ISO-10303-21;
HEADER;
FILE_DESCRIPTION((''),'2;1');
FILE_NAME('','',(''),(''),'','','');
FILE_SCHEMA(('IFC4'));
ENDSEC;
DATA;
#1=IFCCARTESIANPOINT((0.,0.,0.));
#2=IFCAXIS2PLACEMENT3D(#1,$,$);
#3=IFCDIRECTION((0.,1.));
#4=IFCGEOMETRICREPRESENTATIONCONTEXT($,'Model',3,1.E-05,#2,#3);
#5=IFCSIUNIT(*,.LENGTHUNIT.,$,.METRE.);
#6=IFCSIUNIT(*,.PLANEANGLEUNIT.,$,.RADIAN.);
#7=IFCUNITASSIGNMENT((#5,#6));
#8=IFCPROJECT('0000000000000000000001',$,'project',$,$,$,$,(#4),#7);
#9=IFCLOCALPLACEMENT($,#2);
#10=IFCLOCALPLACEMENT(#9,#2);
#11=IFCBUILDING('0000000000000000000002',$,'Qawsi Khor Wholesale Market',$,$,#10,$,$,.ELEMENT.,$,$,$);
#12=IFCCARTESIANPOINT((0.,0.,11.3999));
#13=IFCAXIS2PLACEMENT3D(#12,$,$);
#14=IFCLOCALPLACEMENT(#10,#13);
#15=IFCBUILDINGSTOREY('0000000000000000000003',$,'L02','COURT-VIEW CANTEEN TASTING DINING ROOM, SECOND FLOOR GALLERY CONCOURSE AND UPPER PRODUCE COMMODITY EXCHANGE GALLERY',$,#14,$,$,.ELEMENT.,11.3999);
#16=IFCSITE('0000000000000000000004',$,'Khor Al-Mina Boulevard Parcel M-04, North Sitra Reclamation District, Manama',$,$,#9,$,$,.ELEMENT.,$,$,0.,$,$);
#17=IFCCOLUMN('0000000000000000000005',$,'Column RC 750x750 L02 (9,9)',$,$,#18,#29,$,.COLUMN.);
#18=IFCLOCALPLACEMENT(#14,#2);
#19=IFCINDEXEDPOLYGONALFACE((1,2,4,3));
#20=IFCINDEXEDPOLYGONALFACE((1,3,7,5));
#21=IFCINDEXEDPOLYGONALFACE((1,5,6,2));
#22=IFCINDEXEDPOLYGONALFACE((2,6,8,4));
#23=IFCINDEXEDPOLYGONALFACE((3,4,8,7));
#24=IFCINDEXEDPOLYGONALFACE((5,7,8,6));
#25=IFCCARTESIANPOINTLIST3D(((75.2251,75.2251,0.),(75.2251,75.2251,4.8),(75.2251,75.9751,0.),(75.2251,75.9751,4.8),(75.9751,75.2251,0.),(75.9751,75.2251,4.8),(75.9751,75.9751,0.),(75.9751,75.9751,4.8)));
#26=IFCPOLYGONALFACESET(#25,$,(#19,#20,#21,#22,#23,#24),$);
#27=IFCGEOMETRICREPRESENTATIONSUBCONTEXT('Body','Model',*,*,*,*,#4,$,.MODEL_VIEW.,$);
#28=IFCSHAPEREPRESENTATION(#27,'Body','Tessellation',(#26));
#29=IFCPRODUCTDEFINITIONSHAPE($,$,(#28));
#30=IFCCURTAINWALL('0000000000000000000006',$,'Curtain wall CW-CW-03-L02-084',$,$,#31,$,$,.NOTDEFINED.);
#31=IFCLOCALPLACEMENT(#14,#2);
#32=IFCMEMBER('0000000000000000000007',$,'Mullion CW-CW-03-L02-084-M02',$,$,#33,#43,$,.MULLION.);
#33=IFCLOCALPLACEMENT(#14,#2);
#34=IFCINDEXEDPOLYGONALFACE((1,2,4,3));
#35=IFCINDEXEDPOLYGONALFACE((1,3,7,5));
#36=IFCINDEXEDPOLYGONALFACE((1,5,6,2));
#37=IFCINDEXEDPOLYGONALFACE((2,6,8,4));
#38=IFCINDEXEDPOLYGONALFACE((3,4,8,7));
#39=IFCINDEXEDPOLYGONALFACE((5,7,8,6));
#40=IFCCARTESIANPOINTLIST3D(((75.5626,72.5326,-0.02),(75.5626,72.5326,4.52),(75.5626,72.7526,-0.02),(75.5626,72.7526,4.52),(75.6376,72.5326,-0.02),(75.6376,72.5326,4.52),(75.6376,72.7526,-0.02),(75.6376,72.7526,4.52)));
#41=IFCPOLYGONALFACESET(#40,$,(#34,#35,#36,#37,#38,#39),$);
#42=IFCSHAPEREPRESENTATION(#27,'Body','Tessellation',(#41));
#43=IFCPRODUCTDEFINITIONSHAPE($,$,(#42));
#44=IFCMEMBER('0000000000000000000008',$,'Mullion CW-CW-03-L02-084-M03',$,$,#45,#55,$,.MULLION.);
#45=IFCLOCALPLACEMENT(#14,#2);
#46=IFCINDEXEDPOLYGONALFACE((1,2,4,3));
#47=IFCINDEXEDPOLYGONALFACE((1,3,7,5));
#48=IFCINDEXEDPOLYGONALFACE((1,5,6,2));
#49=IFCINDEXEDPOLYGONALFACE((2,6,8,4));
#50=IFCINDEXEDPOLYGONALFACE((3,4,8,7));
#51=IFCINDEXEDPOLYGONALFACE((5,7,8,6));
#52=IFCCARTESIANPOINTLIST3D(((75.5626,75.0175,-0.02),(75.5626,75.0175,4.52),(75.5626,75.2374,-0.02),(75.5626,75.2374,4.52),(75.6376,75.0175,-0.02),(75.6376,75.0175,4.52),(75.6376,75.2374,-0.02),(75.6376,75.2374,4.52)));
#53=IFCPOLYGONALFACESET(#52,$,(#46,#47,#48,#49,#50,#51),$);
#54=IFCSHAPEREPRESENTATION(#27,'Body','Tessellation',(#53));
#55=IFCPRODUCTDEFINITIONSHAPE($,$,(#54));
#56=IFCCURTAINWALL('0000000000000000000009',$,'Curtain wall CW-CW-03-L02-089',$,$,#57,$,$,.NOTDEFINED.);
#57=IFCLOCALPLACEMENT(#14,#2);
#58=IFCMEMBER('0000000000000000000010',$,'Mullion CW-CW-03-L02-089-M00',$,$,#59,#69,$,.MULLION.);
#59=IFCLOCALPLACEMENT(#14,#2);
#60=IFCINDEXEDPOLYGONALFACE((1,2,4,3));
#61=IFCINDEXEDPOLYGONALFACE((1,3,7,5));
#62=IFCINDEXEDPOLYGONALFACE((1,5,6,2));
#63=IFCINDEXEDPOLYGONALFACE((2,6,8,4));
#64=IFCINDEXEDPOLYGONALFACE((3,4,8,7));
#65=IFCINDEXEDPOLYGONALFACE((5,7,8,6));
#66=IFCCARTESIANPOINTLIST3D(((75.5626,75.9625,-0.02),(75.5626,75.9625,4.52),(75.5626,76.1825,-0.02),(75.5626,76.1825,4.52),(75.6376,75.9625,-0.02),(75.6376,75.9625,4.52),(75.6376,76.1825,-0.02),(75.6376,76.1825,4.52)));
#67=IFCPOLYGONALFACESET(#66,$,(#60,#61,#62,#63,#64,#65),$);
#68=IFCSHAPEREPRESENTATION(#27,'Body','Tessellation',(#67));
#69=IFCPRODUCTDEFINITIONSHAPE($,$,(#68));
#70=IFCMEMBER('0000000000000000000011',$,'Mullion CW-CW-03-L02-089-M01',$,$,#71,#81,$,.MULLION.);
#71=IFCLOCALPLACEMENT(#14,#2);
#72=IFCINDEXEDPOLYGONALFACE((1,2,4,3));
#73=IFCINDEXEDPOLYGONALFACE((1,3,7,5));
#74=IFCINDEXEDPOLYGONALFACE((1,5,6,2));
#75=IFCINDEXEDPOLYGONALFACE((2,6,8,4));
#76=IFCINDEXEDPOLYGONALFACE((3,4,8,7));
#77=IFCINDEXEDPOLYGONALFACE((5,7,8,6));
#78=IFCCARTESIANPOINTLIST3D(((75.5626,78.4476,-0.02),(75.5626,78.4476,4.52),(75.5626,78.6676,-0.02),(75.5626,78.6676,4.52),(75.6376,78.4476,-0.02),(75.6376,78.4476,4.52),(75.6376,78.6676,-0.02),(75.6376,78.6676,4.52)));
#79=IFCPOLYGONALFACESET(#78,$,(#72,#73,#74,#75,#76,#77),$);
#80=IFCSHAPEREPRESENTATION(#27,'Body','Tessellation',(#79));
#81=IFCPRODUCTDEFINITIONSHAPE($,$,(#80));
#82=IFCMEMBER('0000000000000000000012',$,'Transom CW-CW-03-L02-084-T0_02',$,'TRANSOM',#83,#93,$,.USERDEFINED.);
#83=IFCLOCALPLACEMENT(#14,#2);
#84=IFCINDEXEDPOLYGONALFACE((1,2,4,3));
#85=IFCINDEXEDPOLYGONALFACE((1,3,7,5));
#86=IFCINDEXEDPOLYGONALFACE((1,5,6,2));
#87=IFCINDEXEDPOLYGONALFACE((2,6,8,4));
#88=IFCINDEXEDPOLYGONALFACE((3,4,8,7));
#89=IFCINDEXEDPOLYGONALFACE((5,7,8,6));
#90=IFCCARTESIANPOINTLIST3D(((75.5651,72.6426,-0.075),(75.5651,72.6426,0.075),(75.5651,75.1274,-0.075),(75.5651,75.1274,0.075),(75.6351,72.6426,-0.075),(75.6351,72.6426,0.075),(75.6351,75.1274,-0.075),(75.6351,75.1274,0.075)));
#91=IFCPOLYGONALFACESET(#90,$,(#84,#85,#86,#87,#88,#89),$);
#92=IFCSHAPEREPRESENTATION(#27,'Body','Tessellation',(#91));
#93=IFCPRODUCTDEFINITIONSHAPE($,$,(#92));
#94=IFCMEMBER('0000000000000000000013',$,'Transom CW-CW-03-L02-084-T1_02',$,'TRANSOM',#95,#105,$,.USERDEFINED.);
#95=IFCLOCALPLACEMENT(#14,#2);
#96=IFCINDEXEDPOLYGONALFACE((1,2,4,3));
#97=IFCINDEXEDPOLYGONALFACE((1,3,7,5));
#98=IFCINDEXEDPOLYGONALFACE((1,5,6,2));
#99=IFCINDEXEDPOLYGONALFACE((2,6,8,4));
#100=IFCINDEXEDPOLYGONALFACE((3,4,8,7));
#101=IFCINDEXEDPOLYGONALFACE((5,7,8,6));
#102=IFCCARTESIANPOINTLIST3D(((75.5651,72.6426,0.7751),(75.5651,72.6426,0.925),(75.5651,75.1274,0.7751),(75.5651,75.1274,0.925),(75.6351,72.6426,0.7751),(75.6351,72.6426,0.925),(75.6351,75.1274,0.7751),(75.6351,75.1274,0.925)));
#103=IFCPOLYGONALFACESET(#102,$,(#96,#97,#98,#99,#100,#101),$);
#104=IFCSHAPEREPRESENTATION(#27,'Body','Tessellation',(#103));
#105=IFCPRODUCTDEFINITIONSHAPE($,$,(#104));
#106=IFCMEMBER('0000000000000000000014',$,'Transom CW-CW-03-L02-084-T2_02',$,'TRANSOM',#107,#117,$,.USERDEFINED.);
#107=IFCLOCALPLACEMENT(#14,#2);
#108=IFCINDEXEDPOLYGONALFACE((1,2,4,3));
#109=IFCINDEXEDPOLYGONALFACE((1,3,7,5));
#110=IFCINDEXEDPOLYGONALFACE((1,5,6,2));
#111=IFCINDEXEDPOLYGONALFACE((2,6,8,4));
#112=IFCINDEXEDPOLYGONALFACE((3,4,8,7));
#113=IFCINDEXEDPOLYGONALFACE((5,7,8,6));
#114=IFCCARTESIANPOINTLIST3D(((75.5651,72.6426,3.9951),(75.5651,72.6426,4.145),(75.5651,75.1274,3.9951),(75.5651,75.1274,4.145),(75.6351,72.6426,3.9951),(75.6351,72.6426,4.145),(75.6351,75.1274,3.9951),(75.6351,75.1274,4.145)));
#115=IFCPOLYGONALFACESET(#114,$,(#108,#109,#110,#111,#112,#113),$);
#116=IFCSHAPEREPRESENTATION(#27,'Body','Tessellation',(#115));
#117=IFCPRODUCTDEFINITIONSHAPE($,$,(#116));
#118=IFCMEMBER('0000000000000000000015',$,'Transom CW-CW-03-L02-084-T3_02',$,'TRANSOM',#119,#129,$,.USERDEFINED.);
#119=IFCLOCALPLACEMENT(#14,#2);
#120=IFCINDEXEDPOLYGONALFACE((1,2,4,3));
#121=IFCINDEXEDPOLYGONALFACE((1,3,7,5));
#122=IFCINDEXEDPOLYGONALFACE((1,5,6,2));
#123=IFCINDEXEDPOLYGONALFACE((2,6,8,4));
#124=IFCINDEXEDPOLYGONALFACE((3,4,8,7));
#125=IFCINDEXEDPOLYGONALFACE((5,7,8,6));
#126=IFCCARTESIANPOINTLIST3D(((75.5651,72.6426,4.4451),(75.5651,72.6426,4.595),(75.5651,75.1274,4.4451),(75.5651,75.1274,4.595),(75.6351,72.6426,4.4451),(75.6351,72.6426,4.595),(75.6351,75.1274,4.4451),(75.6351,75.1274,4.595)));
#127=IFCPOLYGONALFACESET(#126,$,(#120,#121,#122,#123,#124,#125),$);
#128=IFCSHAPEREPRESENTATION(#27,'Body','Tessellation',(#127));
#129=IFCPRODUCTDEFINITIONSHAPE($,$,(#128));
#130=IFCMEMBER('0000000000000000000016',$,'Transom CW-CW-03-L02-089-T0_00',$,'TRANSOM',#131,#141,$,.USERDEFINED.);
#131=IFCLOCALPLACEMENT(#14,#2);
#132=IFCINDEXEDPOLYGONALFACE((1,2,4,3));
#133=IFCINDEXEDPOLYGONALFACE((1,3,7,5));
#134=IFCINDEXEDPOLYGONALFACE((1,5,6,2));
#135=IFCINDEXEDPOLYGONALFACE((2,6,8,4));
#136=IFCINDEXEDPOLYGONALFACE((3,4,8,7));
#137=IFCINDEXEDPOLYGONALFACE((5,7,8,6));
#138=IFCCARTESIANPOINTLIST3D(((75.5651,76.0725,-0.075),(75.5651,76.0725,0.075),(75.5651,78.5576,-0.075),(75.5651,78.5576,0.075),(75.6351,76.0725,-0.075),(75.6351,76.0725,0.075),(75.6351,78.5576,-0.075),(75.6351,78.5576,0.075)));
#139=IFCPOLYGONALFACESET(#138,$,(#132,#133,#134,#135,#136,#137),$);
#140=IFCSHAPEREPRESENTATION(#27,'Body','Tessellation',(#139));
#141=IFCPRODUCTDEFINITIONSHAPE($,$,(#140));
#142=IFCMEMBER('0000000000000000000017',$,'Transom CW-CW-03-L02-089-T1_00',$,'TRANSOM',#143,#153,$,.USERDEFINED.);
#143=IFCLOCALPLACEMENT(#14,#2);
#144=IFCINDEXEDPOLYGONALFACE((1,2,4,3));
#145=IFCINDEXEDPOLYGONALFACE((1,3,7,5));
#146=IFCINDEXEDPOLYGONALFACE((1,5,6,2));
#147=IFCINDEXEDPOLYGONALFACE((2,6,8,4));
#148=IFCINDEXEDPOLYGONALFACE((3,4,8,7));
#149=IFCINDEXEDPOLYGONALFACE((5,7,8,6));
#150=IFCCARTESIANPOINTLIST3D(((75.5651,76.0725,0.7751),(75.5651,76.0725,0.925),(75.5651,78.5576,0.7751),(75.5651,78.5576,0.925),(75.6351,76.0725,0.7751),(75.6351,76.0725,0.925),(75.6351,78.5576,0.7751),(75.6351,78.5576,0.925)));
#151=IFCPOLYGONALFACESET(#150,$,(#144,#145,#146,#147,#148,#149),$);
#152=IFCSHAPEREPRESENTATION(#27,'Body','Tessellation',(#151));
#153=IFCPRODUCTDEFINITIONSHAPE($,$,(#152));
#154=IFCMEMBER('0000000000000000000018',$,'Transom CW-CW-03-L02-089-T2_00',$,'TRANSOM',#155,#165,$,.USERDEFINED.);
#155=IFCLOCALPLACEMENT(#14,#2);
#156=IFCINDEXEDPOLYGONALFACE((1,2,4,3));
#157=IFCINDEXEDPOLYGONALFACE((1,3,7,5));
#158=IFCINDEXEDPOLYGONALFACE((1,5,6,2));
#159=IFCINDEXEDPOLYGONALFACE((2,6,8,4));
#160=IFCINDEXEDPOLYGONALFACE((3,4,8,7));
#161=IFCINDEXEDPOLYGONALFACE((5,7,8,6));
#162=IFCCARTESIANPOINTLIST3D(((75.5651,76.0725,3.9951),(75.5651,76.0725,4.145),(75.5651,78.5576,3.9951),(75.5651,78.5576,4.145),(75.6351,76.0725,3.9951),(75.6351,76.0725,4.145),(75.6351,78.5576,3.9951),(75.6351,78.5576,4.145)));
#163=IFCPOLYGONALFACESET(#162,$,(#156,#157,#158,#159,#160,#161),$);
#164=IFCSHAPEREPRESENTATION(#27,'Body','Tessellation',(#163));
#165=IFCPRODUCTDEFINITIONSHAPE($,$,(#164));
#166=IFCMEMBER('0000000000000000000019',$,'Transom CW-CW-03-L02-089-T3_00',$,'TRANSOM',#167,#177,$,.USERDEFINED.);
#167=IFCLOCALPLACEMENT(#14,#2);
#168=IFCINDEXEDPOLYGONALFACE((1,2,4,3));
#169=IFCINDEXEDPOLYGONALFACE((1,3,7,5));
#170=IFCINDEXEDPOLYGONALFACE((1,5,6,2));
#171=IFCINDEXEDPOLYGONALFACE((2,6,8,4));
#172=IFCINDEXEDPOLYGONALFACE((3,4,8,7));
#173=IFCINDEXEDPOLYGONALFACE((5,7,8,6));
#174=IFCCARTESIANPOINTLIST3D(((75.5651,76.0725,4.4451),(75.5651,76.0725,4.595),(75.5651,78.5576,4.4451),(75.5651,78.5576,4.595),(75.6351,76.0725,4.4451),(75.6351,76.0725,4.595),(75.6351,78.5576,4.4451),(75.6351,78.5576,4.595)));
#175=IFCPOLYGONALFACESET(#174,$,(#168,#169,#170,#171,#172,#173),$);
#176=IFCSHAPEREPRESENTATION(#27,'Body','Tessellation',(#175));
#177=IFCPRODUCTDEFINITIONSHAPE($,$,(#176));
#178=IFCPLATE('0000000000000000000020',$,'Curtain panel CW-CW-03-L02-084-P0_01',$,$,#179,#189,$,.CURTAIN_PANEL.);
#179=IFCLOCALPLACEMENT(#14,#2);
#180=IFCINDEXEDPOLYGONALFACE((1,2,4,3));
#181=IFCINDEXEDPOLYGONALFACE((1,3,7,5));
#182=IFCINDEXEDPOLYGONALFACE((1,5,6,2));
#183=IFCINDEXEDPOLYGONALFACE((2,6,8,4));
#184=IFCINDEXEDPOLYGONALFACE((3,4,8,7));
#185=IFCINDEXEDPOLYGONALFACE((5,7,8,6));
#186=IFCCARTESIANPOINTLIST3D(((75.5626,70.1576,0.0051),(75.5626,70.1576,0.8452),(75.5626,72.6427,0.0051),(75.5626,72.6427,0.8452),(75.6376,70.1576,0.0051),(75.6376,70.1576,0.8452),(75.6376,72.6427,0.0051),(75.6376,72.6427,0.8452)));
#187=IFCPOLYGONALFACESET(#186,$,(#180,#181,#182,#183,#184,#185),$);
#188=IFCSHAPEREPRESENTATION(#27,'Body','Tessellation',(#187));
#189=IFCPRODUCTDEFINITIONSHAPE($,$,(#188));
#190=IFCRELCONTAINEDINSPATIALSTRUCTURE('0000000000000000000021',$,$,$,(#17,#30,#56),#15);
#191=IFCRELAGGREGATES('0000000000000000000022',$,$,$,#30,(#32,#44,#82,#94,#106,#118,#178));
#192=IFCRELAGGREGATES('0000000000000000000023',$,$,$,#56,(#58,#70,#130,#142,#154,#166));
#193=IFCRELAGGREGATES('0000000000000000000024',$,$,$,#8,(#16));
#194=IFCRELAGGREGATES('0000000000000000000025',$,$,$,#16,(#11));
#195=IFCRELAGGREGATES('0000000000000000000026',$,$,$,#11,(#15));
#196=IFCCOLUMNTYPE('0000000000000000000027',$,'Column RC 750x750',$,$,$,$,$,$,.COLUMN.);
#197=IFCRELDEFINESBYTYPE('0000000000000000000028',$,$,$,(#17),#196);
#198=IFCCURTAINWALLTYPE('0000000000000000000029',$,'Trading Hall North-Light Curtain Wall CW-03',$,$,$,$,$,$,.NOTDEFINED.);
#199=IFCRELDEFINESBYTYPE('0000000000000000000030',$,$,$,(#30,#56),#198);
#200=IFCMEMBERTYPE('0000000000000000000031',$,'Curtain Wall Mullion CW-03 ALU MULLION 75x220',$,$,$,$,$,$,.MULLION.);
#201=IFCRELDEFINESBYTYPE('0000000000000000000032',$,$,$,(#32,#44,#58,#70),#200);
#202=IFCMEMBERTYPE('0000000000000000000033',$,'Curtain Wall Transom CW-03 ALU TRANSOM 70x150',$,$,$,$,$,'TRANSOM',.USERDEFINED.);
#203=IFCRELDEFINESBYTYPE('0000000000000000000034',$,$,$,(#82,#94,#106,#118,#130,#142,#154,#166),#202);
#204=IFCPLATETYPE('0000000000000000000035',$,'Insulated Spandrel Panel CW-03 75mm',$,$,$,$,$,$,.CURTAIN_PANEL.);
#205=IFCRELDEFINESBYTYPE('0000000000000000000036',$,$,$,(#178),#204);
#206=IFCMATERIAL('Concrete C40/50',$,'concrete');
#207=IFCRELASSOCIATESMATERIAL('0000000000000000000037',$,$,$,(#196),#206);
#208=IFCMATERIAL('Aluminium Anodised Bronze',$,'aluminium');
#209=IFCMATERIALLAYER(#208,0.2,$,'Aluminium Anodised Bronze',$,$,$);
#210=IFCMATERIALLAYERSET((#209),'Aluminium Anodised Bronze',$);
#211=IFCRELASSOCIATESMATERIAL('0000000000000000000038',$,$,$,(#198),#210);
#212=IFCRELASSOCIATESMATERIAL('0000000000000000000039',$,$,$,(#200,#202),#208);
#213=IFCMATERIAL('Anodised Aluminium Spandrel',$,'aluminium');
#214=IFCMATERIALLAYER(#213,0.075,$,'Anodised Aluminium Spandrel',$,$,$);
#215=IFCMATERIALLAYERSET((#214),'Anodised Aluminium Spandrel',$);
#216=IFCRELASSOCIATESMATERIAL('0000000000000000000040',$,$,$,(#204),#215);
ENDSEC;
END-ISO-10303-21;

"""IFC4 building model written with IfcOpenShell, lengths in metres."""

from ifc_helpers import new_model, si_unit, direction, frame, frame_2d, origin, origin_2d, place, context, subcontext, project, spatial, rectangle, extrude, material, layer, layer_set, material_profile, profile_set, type_object, element, aggregate, save


model = new_model("IFC4")

# Units and contexts
model_context = context("Model", 3, precision=1e-05, world=origin(), true_north=direction((0.0, 1.0)))
body_context = subcontext(model_context, "Body", "Model", "MODEL_VIEW")
ifc_project = project(units=[si_unit("LENGTHUNIT", "METRE"), si_unit("PLANEANGLEUNIT", "RADIAN")], contexts=[model_context])

# Site, building, storey
site_placement = place(None, origin())
site = spatial("IfcSite", under=ifc_project, at=site_placement, Name="Khor Al-Mina Boulevard Parcel M-04, North Sitra Reclamation District, Manama", CompositionType="ELEMENT", RefElevation=0.0)
building_placement = place(site_placement, origin())
building = spatial("IfcBuilding", under=site, at=building_placement, Name="Qawsi Khor Wholesale Market", CompositionType="ELEMENT")
storey_placement = place(building_placement, frame((0.0, 0.0, 11.3999)))
storey = spatial("IfcBuildingStorey", under=building, at=storey_placement, Name="L02", Description="COURT-VIEW CANTEEN TASTING DINING ROOM, SECOND FLOOR GALLERY CONCOURSE AND UPPER PRODUCE COMMODITY EXCHANGE GALLERY", CompositionType="ELEMENT", Elevation=11.3999)

# Column
ifc_material_1 = material(Name="Concrete C40/50", Category="concrete")
ifc_material_profile_1 = material_profile(ifc_material_1, rectangle(XDim=0.75, YDim=0.75, at=origin_2d()), Name="RC 750x750")
ifc_profile_set_1 = profile_set([ifc_material_profile_1], Name="Concrete C40/50")
column_type = type_object("IfcColumnType", Name="Column RC 750x750", PredefinedType="COLUMN", material=ifc_profile_set_1)
column_placement = place(storey_placement, frame((75.6001, 75.6001, 0.0), z_axis=(0.0, 0.0, 1.0), x_axis=(1.0, 0.0, 0.0)))
element("IfcColumn", 1, at=column_placement, inside=storey, type_object=column_type, Name="Column RC 750x750 L02 (9,9)", PredefinedType="COLUMN", context=body_context, shape_type="SweptSolid", body=[
    extrude(rectangle(XDim=0.75, YDim=0.75, at=origin_2d()), origin(), (0.0, 0.0, 1.0), 4.8),
])

# Curtain walls, members
ifc_material_2 = material(Name="Aluminium Anodised Bronze", Category="aluminium")
ifc_layer_1 = layer(ifc_material_2, 0.2, Name="Aluminium Anodised Bronze")
ifc_layer_set_1 = layer_set([ifc_layer_1], Name="Aluminium Anodised Bronze")
curtain_wall_type = type_object("IfcCurtainWallType", Name="Trading Hall North-Light Curtain Wall CW-03", PredefinedType="NOTDEFINED", material=ifc_layer_set_1)
curtain_wall_1_placement = place(storey_placement, origin())
curtain_wall_1 = element("IfcCurtainWall", 2, at=curtain_wall_1_placement, inside=storey, type_object=curtain_wall_type, Name="Curtain wall CW-CW-03-L02-084", PredefinedType="NOTDEFINED")
ifc_material_profile_2 = material_profile(ifc_material_2, rectangle(XDim=0.075, YDim=0.22, at=origin_2d()), Name="ALU MULLION 75x220")
ifc_profile_set_2 = profile_set([ifc_material_profile_2], Name="Aluminium Anodised Bronze")
member_type_1 = type_object("IfcMemberType", Name="Curtain Wall Mullion CW-03 ALU MULLION 75x220", PredefinedType="MULLION", material=ifc_profile_set_2)
member_1_placement = place(storey_placement, frame((75.6001, 72.6426, -0.02), z_axis=(0.0, 0.0, 1.0), x_axis=(1.0, 0.0, 0.0)))
member_1 = element("IfcMember", 3, at=member_1_placement, type_object=member_type_1, Name="Mullion CW-CW-03-L02-084-M02", PredefinedType="MULLION", context=body_context, shape_type="SweptSolid", body=[
    extrude(rectangle(XDim=0.075, YDim=0.22, at=origin_2d()), origin(), (0.0, 0.0, 1.0), 4.54),
])
member_2_placement = place(storey_placement, frame((75.6001, 75.1274, -0.02), z_axis=(0.0, 0.0, 1.0), x_axis=(1.0, 0.0, 0.0)))
member_2 = element("IfcMember", 4, at=member_2_placement, type_object=member_type_1, Name="Mullion CW-CW-03-L02-084-M03", PredefinedType="MULLION", context=body_context, shape_type="SweptSolid", body=[
    extrude(rectangle(XDim=0.075, YDim=0.22, at=origin_2d()), origin(), (0.0, 0.0, 1.0), 4.54),
])
curtain_wall_2_placement = place(storey_placement, origin())
curtain_wall_2 = element("IfcCurtainWall", 5, at=curtain_wall_2_placement, inside=storey, type_object=curtain_wall_type, Name="Curtain wall CW-CW-03-L02-089", PredefinedType="NOTDEFINED")
member_3_placement = place(storey_placement, frame((75.6001, 76.0725, -0.02), z_axis=(0.0, 0.0, 1.0), x_axis=(1.0, 0.0, 0.0)))
member_3 = element("IfcMember", 6, at=member_3_placement, type_object=member_type_1, Name="Mullion CW-CW-03-L02-089-M00", PredefinedType="MULLION", context=body_context, shape_type="SweptSolid", body=[
    extrude(rectangle(XDim=0.075, YDim=0.22, at=origin_2d()), origin(), (0.0, 0.0, 1.0), 4.54),
])
member_4_placement = place(storey_placement, frame((75.6001, 78.5576, -0.02), z_axis=(0.0, 0.0, 1.0), x_axis=(1.0, 0.0, 0.0)))
member_4 = element("IfcMember", 7, at=member_4_placement, type_object=member_type_1, Name="Mullion CW-CW-03-L02-089-M01", PredefinedType="MULLION", context=body_context, shape_type="SweptSolid", body=[
    extrude(rectangle(XDim=0.075, YDim=0.22, at=origin_2d()), origin(), (0.0, 0.0, 1.0), 4.54),
])

# Members
ifc_material_profile_3 = material_profile(ifc_material_2, rectangle(XDim=0.0701, YDim=0.1499, at=origin_2d()), Name="ALU TRANSOM 70x150")
ifc_profile_set_3 = profile_set([ifc_material_profile_3], Name="Aluminium Anodised Bronze")
member_type_2 = type_object("IfcMemberType", Name="Curtain Wall Transom CW-03 ALU TRANSOM 70x150", ElementType="TRANSOM", PredefinedType="USERDEFINED", material=ifc_profile_set_3)
member_5_placement = place(storey_placement, frame((75.6001, 72.6426, 0.0), z_axis=(0.0, 1.0, 0.0), x_axis=(-1.0, 0.0, 0.0)))
member_5 = element("IfcMember", 8, at=member_5_placement, type_object=member_type_2, Name="Transom CW-CW-03-L02-084-T0_02", ObjectType="TRANSOM", PredefinedType="USERDEFINED", context=body_context, shape_type="SweptSolid", body=[
    extrude(rectangle(XDim=0.0701, YDim=0.1499, at=origin_2d()), origin(), (0.0, 0.0, 1.0), 2.4849),
])
member_6_placement = place(storey_placement, frame((75.6001, 72.6426, 0.8501), z_axis=(0.0, 1.0, 0.0), x_axis=(-1.0, 0.0, 0.0)))
member_6 = element("IfcMember", 9, at=member_6_placement, type_object=member_type_2, Name="Transom CW-CW-03-L02-084-T1_02", ObjectType="TRANSOM", PredefinedType="USERDEFINED", context=body_context, shape_type="SweptSolid", body=[
    extrude(rectangle(XDim=0.0701, YDim=0.1499, at=origin_2d()), origin(), (0.0, 0.0, 1.0), 2.4849),
])
member_7_placement = place(storey_placement, frame((75.6001, 72.6426, 4.0701), z_axis=(0.0, 1.0, 0.0), x_axis=(-1.0, 0.0, 0.0)))
member_7 = element("IfcMember", 10, at=member_7_placement, type_object=member_type_2, Name="Transom CW-CW-03-L02-084-T2_02", ObjectType="TRANSOM", PredefinedType="USERDEFINED", context=body_context, shape_type="SweptSolid", body=[
    extrude(rectangle(XDim=0.0701, YDim=0.1499, at=origin_2d()), origin(), (0.0, 0.0, 1.0), 2.4849),
])
member_8_placement = place(storey_placement, frame((75.6001, 72.6426, 4.52), z_axis=(0.0, 1.0, 0.0), x_axis=(-1.0, 0.0, 0.0)))
member_8 = element("IfcMember", 11, at=member_8_placement, type_object=member_type_2, Name="Transom CW-CW-03-L02-084-T3_02", ObjectType="TRANSOM", PredefinedType="USERDEFINED", context=body_context, shape_type="SweptSolid", body=[
    extrude(rectangle(XDim=0.0701, YDim=0.1499, at=origin_2d()), origin(), (0.0, 0.0, 1.0), 2.4849),
])
member_9_placement = place(storey_placement, frame((75.6001, 76.0725, 0.0), z_axis=(0.0, 1.0, 0.0), x_axis=(-1.0, 0.0, 0.0)))
member_9 = element("IfcMember", 12, at=member_9_placement, type_object=member_type_2, Name="Transom CW-CW-03-L02-089-T0_00", ObjectType="TRANSOM", PredefinedType="USERDEFINED", context=body_context, shape_type="SweptSolid", body=[
    extrude(rectangle(XDim=0.0701, YDim=0.1499, at=origin_2d()), origin(), (0.0, 0.0, 1.0), 2.4851),
])
member_10_placement = place(storey_placement, frame((75.6001, 76.0725, 0.8501), z_axis=(0.0, 1.0, 0.0), x_axis=(-1.0, 0.0, 0.0)))
member_10 = element("IfcMember", 13, at=member_10_placement, type_object=member_type_2, Name="Transom CW-CW-03-L02-089-T1_00", ObjectType="TRANSOM", PredefinedType="USERDEFINED", context=body_context, shape_type="SweptSolid", body=[
    extrude(rectangle(XDim=0.0701, YDim=0.1499, at=origin_2d()), origin(), (0.0, 0.0, 1.0), 2.4851),
])
member_11_placement = place(storey_placement, frame((75.6001, 76.0725, 4.0701), z_axis=(0.0, 1.0, 0.0), x_axis=(-1.0, 0.0, 0.0)))
member_11 = element("IfcMember", 14, at=member_11_placement, type_object=member_type_2, Name="Transom CW-CW-03-L02-089-T2_00", ObjectType="TRANSOM", PredefinedType="USERDEFINED", context=body_context, shape_type="SweptSolid", body=[
    extrude(rectangle(XDim=0.0701, YDim=0.1499, at=origin_2d()), origin(), (0.0, 0.0, 1.0), 2.4851),
])
member_12_placement = place(storey_placement, frame((75.6001, 76.0725, 4.52), z_axis=(0.0, 1.0, 0.0), x_axis=(-1.0, 0.0, 0.0)))
member_12 = element("IfcMember", 15, at=member_12_placement, type_object=member_type_2, Name="Transom CW-CW-03-L02-089-T3_00", ObjectType="TRANSOM", PredefinedType="USERDEFINED", context=body_context, shape_type="SweptSolid", body=[
    extrude(rectangle(XDim=0.0701, YDim=0.1499, at=origin_2d()), origin(), (0.0, 0.0, 1.0), 2.4851),
])

# Plate
ifc_material_3 = material(Name="Anodised Aluminium Spandrel", Category="aluminium")
ifc_layer_2 = layer(ifc_material_3, 0.075, Name="Anodised Aluminium Spandrel")
ifc_layer_set_2 = layer_set([ifc_layer_2], Name="Anodised Aluminium Spandrel")
plate_type_1 = type_object("IfcPlateType", Name="Insulated Spandrel Panel CW-03 75mm", PredefinedType="CURTAIN_PANEL", material=ifc_layer_set_2)
plate_1_placement = place(storey_placement, frame((75.6001, 70.1575, 0.0051), z_axis=(0.0, 0.0, 1.0), x_axis=(0.0, 1.0, 0.0)))
plate_1 = element("IfcPlate", 16, at=plate_1_placement, type_object=plate_type_1, Name="Curtain panel CW-CW-03-L02-084-P0_01", PredefinedType="CURTAIN_PANEL", context=body_context, shape_type="SweptSolid", body=[
    extrude(rectangle(XDim=2.4851, YDim=0.075, at=frame_2d((1.2427, 0.0))), origin(), (0.0, 0.0, 1.0), 0.8401),
])
aggregate(curtain_wall_1, [member_1, member_2, member_5, member_6, member_7, member_8, plate_1])
aggregate(curtain_wall_2, [member_3, member_4, member_9, member_10, member_11, member_12])

save(model, "model.ifc")
